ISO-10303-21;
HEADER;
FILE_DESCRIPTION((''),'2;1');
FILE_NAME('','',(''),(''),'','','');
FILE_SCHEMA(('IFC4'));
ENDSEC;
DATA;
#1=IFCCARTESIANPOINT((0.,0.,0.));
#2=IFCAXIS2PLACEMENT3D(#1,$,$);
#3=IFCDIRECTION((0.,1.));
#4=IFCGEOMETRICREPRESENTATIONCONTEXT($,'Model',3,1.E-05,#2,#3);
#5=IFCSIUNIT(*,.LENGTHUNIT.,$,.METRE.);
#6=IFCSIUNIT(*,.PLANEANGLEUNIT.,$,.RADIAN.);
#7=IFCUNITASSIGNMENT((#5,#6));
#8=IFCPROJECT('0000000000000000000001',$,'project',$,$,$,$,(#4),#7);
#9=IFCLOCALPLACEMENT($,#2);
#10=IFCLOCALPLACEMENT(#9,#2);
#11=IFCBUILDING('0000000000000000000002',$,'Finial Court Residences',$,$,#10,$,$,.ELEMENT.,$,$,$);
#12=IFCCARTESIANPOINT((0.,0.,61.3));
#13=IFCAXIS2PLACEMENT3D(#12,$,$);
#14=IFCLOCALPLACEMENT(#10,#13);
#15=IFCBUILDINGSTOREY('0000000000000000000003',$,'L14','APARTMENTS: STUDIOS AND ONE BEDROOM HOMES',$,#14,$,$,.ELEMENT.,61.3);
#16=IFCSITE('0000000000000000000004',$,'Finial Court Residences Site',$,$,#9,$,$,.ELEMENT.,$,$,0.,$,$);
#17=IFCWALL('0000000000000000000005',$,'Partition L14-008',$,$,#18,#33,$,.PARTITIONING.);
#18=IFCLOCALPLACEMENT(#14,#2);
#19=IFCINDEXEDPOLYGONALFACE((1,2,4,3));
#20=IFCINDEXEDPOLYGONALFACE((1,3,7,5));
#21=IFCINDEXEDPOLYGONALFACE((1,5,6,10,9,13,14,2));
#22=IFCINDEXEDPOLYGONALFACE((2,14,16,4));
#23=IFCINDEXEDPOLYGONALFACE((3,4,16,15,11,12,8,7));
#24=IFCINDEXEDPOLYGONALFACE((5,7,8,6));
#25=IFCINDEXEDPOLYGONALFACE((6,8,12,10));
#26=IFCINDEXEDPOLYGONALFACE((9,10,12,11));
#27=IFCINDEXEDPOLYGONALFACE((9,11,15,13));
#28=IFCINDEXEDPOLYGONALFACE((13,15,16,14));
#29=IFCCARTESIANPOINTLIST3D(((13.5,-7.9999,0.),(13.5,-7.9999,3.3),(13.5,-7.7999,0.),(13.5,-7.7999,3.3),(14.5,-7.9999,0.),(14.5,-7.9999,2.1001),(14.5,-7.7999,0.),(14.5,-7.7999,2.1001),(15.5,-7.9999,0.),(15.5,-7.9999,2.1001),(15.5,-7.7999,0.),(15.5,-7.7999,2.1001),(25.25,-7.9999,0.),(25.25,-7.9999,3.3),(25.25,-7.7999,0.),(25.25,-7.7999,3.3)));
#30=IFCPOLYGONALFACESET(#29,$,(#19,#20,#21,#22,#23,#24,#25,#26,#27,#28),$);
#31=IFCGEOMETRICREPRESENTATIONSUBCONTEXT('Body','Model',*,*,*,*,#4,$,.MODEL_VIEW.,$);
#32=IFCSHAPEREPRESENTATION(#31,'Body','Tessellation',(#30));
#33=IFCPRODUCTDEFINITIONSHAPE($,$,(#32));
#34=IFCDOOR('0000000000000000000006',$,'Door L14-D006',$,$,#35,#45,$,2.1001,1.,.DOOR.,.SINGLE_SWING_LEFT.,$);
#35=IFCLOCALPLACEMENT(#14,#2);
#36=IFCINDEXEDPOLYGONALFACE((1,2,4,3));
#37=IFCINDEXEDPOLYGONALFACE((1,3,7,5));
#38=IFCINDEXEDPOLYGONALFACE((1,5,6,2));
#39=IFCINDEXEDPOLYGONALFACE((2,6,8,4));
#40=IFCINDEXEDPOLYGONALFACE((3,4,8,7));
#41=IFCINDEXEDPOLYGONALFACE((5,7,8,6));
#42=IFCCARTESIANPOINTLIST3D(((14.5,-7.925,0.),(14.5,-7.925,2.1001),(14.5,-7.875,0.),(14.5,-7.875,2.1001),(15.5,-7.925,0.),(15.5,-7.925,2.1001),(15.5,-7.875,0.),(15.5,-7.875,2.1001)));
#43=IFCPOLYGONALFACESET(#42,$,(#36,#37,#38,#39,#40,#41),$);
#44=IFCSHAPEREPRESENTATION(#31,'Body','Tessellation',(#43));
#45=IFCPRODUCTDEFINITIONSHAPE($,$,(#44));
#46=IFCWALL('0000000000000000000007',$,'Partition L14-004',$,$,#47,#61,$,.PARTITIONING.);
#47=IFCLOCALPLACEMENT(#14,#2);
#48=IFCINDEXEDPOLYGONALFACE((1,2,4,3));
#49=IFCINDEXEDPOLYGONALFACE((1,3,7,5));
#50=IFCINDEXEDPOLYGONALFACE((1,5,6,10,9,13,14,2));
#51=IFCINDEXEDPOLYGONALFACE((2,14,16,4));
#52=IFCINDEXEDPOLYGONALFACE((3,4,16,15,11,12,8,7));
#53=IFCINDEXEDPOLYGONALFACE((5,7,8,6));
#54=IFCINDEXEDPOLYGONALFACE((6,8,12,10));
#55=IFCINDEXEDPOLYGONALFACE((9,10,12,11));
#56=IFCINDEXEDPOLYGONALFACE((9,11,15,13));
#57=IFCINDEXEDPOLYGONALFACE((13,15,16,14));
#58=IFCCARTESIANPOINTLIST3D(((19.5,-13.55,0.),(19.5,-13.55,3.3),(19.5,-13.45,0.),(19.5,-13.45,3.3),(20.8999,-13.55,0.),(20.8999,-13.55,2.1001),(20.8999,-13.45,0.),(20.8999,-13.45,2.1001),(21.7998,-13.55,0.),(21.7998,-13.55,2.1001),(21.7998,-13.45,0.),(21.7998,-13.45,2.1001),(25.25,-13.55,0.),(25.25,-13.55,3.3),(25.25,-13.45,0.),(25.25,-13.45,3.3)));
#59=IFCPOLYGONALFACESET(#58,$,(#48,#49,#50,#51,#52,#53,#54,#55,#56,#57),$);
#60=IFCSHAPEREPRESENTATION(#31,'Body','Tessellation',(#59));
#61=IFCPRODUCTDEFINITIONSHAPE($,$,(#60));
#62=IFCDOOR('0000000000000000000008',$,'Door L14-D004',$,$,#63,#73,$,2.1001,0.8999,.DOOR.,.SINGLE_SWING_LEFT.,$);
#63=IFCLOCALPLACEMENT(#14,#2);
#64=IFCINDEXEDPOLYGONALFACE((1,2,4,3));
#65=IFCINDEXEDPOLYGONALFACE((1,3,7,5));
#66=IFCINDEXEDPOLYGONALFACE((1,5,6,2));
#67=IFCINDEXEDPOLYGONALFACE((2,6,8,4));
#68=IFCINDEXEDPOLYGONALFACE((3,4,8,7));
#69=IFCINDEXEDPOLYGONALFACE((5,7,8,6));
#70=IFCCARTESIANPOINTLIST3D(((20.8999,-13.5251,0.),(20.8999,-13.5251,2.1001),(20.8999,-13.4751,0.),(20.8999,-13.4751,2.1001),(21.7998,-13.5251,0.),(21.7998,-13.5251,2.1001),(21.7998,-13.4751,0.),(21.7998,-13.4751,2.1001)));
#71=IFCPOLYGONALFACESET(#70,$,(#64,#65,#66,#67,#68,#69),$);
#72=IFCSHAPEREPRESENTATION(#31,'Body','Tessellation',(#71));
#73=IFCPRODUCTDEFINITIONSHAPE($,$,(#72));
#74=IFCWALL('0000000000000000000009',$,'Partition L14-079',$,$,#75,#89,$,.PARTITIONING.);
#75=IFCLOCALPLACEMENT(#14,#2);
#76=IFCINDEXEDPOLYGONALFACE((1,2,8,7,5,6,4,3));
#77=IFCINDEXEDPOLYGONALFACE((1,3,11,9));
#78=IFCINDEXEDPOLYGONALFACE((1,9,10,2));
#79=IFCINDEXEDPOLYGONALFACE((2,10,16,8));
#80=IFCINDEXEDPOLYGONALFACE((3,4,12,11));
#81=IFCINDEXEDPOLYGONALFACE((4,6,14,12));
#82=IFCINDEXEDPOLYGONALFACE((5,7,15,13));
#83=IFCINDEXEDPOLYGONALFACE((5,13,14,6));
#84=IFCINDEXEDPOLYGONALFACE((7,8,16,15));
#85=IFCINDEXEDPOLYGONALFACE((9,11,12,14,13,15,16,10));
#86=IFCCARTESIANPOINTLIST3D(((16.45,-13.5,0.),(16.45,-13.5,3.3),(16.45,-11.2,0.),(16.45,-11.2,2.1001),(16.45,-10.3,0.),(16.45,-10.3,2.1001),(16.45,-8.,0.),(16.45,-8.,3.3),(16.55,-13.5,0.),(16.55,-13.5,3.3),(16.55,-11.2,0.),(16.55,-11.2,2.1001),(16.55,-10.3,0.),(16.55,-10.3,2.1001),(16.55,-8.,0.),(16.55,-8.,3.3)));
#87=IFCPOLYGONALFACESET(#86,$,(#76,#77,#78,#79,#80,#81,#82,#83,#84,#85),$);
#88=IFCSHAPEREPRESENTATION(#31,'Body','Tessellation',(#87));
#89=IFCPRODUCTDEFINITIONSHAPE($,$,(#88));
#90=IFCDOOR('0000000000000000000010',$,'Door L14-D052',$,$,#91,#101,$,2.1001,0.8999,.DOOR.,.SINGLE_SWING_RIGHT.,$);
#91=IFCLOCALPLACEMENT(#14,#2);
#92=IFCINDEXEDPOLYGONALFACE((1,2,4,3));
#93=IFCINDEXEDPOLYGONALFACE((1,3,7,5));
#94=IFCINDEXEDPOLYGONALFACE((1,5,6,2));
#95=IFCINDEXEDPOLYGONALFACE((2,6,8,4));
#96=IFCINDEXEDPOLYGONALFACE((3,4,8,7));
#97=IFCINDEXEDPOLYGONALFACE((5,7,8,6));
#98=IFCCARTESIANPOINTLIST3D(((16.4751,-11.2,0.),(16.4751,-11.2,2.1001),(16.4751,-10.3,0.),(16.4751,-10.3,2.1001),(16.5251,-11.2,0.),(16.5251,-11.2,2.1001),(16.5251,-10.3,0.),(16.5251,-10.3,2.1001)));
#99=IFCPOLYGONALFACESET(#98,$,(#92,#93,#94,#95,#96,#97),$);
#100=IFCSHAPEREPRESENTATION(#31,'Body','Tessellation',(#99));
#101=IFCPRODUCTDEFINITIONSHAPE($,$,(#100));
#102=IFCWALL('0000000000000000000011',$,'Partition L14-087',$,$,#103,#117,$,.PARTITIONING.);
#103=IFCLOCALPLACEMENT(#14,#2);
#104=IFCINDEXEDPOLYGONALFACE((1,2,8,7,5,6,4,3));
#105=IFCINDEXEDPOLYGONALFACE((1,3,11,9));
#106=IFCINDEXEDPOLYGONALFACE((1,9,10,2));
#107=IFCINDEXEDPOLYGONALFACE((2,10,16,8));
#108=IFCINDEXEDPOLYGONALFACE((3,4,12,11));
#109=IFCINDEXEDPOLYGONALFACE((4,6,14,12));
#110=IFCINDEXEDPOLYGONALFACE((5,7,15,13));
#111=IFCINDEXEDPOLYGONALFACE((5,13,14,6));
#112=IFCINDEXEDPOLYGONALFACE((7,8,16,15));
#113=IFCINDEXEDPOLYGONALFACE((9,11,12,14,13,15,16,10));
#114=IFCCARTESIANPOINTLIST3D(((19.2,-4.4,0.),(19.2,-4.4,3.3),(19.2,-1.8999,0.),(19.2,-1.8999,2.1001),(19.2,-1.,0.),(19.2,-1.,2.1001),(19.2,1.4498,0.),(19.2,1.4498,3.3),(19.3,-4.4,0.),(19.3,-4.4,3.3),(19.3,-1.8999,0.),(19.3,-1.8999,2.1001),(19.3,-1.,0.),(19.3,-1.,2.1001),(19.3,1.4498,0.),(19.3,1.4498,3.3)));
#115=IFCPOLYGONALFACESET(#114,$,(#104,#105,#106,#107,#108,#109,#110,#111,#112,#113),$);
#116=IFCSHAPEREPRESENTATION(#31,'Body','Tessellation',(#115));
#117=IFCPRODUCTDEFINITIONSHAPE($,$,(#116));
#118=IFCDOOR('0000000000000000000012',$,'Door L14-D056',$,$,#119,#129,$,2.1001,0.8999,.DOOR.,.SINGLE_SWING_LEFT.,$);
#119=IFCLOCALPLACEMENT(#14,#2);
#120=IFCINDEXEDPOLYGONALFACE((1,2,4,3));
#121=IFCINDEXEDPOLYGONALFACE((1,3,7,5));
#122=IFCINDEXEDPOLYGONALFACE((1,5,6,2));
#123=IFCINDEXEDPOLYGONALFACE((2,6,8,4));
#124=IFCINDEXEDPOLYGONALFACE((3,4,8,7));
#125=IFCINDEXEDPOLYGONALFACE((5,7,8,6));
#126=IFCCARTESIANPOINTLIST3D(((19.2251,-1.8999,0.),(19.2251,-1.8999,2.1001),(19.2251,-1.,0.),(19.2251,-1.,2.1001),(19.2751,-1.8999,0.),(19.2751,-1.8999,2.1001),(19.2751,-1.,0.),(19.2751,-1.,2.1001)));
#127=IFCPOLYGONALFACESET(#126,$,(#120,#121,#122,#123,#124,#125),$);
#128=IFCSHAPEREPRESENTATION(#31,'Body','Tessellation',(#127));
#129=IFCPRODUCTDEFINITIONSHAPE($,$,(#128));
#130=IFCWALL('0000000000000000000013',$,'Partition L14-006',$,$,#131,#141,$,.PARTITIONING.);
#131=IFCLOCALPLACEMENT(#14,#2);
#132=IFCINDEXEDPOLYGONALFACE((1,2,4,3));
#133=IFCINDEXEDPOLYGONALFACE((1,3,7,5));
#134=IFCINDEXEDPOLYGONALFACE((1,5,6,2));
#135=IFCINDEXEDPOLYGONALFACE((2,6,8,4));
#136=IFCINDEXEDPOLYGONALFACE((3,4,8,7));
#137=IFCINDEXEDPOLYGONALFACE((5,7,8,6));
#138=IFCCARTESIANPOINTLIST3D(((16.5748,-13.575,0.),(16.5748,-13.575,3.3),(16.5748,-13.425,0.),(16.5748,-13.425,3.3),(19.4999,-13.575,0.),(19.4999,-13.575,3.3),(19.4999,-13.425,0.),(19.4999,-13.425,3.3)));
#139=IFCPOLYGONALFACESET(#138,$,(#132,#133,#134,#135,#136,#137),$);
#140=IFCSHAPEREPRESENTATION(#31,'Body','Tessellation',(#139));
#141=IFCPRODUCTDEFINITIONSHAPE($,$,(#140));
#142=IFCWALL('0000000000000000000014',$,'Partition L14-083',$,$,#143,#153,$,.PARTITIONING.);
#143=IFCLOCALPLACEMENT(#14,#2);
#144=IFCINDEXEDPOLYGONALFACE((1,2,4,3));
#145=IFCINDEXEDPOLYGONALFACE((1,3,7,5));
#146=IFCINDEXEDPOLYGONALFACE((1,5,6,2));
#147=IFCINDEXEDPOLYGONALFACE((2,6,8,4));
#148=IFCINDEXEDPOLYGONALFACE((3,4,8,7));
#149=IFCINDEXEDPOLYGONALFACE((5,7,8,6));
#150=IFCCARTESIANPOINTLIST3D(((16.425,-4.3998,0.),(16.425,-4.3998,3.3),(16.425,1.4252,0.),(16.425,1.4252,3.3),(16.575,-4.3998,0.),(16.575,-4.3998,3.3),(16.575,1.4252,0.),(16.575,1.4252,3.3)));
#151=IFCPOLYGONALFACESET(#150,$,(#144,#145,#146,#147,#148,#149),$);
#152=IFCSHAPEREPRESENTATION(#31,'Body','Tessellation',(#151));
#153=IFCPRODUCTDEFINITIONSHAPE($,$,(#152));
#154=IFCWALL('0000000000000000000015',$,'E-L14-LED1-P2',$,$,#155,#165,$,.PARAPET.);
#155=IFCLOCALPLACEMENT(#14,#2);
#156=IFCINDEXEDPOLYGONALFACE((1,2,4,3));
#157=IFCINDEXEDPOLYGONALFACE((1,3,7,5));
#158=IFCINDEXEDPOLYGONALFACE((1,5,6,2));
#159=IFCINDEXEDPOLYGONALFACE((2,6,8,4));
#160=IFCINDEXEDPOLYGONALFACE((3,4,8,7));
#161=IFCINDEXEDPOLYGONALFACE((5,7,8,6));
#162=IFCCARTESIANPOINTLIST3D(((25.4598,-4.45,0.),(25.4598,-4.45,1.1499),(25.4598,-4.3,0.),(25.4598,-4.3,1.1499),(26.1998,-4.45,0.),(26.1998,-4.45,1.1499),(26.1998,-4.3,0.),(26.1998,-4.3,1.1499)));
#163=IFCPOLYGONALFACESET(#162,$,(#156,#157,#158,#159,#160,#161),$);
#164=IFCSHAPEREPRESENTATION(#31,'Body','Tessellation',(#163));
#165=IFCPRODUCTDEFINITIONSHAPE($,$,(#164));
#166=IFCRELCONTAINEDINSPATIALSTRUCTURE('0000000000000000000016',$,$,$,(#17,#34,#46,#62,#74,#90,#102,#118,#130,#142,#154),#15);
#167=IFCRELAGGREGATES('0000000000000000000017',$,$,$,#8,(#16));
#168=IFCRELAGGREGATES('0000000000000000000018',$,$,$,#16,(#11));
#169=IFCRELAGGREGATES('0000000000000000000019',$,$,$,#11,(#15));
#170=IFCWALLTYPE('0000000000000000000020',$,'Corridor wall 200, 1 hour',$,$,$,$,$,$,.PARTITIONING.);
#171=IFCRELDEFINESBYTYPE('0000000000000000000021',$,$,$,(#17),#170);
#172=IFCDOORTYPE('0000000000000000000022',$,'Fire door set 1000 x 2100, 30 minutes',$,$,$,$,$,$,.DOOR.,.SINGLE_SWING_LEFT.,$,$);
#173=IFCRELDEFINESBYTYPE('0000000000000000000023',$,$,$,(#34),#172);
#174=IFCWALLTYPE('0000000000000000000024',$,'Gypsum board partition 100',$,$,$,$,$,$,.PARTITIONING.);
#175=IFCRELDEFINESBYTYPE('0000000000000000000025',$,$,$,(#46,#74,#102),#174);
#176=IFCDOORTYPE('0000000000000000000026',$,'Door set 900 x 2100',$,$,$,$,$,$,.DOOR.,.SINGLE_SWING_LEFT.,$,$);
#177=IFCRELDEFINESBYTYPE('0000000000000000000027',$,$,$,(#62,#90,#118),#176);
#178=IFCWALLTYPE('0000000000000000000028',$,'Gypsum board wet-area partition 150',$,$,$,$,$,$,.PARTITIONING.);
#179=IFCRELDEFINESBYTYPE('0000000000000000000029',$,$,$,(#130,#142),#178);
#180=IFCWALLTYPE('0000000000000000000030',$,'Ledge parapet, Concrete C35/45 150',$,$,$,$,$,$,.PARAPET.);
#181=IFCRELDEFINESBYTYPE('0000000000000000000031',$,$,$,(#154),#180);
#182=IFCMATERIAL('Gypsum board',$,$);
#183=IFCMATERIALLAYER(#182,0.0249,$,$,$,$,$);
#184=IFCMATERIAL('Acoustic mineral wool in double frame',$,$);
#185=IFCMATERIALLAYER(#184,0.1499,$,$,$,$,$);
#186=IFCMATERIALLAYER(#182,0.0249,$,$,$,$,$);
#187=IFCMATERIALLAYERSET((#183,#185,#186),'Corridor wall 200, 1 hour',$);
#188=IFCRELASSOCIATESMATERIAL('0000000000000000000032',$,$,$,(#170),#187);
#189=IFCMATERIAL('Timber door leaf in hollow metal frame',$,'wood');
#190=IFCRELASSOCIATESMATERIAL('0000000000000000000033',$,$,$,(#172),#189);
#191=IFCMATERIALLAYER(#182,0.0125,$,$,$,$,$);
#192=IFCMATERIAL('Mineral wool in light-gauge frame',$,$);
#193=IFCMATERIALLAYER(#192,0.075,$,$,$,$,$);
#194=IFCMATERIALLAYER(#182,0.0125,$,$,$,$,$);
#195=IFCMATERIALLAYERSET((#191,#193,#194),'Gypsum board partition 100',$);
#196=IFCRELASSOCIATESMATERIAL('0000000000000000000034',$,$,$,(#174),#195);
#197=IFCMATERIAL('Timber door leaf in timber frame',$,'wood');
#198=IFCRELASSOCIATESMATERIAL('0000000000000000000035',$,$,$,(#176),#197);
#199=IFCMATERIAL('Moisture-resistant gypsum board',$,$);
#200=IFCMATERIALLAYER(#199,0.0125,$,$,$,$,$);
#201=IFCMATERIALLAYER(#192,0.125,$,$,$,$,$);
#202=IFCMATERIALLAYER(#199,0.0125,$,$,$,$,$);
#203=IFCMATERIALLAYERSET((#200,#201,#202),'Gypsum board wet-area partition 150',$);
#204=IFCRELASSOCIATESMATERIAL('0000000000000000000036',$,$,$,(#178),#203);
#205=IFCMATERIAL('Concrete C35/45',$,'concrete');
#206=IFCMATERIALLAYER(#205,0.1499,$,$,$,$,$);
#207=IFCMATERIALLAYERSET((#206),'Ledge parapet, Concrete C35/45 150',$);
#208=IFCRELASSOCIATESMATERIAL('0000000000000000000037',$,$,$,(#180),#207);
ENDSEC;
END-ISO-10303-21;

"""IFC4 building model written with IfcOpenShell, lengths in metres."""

from ifc_helpers import new_model, si_unit, direction, frame, frame_2d, origin, place, context, subcontext, project, spatial, rectangle, extrude, material, layer, layer_set, type_object, element, fill, save


model = new_model("IFC4")

# Units and contexts
model_context = context("Model", 3, precision=1e-05, world=origin(), true_north=direction((0.0, 1.0)))
body_context = subcontext(model_context, "Body", "Model", "MODEL_VIEW")
ifc_project = project(units=[si_unit("LENGTHUNIT", "METRE"), si_unit("PLANEANGLEUNIT", "RADIAN")], contexts=[model_context])

# Site, building, storey
site_placement = place(None, origin())
site = spatial("IfcSite", under=ifc_project, at=site_placement, Name="Finial Court Residences Site", CompositionType="ELEMENT", RefElevation=0.0)
building_placement = place(site_placement, origin())
building = spatial("IfcBuilding", under=site, at=building_placement, Name="Finial Court Residences", CompositionType="ELEMENT")
storey_placement = place(building_placement, frame((0.0, 0.0, 61.3)))
storey = spatial("IfcBuildingStorey", under=building, at=storey_placement, Name="L14", Description="APARTMENTS: STUDIOS AND ONE BEDROOM HOMES", CompositionType="ELEMENT", Elevation=61.3)

# Walls, openings, doors
ifc_material_1 = material(Name="Gypsum board")
ifc_layer_1 = layer(ifc_material_1, 0.0249)
ifc_material_2 = material(Name="Acoustic mineral wool in double frame")
ifc_layer_2 = layer(ifc_material_2, 0.1499)
ifc_layer_3 = layer(ifc_material_1, 0.0249)
ifc_layer_set_1 = layer_set([ifc_layer_1, ifc_layer_2, ifc_layer_3], Name="Corridor wall 200, 1 hour")
wall_type_1 = type_object("IfcWallType", Name="Corridor wall 200, 1 hour", PredefinedType="PARTITIONING", material=ifc_layer_set_1)
wall_1_placement = place(storey_placement, frame((13.5, -7.8999, 0.0), z_axis=(0.0, 0.0, 1.0), x_axis=(1.0, 0.0, 0.0)))
wall_1 = element("IfcWall", 1, at=wall_1_placement, inside=storey, type_object=wall_type_1, Name="Partition L14-008", PredefinedType="PARTITIONING", context=body_context, shape_type="SweptSolid", body=[
    extrude(rectangle(XDim=11.75, YDim=0.2, at=frame_2d((5.875, 0.0))), origin(), (0.0, 0.0, 1.0), 3.3),
])
opening_1_placement = place(wall_1_placement, frame((1.0, 0.0, 0.0)))
opening_1 = element("IfcOpeningElement", 2, at=opening_1_placement, cuts=wall_1, PredefinedType="OPENING", context=body_context, shape_type="SweptSolid", body=[
    extrude(rectangle(XDim=1.0, YDim=2.1001, at=frame_2d((0.5, 1.05))), frame((0.0, 0.1099, 0.0), z_axis=(0.0, -1.0, 0.0), x_axis=(1.0, 0.0, 0.0)), (0.0, 0.0, 1.0), 0.22),
])
ifc_material_3 = material(Name="Timber door leaf in hollow metal frame", Category="wood")
door_type_1 = type_object("IfcDoorType", Name="Fire door set 1000 x 2100, 30 minutes", OperationType="SINGLE_SWING_LEFT", PredefinedType="DOOR", material=ifc_material_3)
door_1_placement = place(opening_1_placement, origin())
door_1 = element("IfcDoor", 3, at=door_1_placement, inside=storey, type_object=door_type_1, Name="Door L14-D006", OperationType="SINGLE_SWING_LEFT", OverallHeight=2.1001, OverallWidth=1.0, PredefinedType="DOOR", context=body_context, shape_type="SweptSolid", body=[
    extrude(rectangle(XDim=1.0, YDim=2.1001, at=frame_2d((0.5, 1.05))), frame((0.0, 0.0249, 0.0), z_axis=(0.0, -1.0, 0.0), x_axis=(1.0, 0.0, 0.0)), (0.0, 0.0, 1.0), 0.05),
])
fill(opening_1, door_1)
ifc_layer_4 = layer(ifc_material_1, 0.0125)
ifc_material_4 = material(Name="Mineral wool in light-gauge frame")
ifc_layer_5 = layer(ifc_material_4, 0.075)
ifc_layer_6 = layer(ifc_material_1, 0.0125)
ifc_layer_set_2 = layer_set([ifc_layer_4, ifc_layer_5, ifc_layer_6], Name="Gypsum board partition 100")
wall_type_2 = type_object("IfcWallType", Name="Gypsum board partition 100", PredefinedType="PARTITIONING", material=ifc_layer_set_2)
wall_2_placement = place(storey_placement, frame((19.5, -13.5, 0.0), z_axis=(0.0, 0.0, 1.0), x_axis=(1.0, 0.0, 0.0)))
wall_2 = element("IfcWall", 4, at=wall_2_placement, inside=storey, type_object=wall_type_2, Name="Partition L14-004", PredefinedType="PARTITIONING", context=body_context, shape_type="SweptSolid", body=[
    extrude(rectangle(XDim=5.75, YDim=0.1001, at=frame_2d((2.875, 0.0))), origin(), (0.0, 0.0, 1.0), 3.3),
])
opening_2_placement = place(wall_2_placement, frame((1.3999, 0.0, 0.0)))
opening_2 = element("IfcOpeningElement", 5, at=opening_2_placement, cuts=wall_2, PredefinedType="OPENING", context=body_context, shape_type="SweptSolid", body=[
    extrude(rectangle(XDim=0.8999, YDim=2.1001, at=frame_2d((0.45, 1.05))), frame((0.0, 0.0601, 0.0), z_axis=(0.0, -1.0, 0.0), x_axis=(1.0, 0.0, 0.0)), (0.0, 0.0, 1.0), 0.1201),
])
ifc_material_5 = material(Name="Timber door leaf in timber frame", Category="wood")
door_type_2 = type_object("IfcDoorType", Name="Door set 900 x 2100", OperationType="SINGLE_SWING_LEFT", PredefinedType="DOOR", material=ifc_material_5)
door_2_placement = place(opening_2_placement, origin())
door_2 = element("IfcDoor", 6, at=door_2_placement, inside=storey, type_object=door_type_2, Name="Door L14-D004", OperationType="SINGLE_SWING_LEFT", OverallHeight=2.1001, OverallWidth=0.8999, PredefinedType="DOOR", context=body_context, shape_type="SweptSolid", body=[
    extrude(rectangle(XDim=0.8999, YDim=2.1001, at=frame_2d((0.45, 1.05))), frame((0.0, 0.0249, 0.0), z_axis=(0.0, -1.0, 0.0), x_axis=(1.0, 0.0, 0.0)), (0.0, 0.0, 1.0), 0.05),
])
fill(opening_2, door_2)
wall_3_placement = place(storey_placement, frame((16.5, -13.5, 0.0), z_axis=(0.0, 0.0, 1.0), x_axis=(0.0, 1.0, 0.0)))
wall_3 = element("IfcWall", 7, at=wall_3_placement, inside=storey, type_object=wall_type_2, Name="Partition L14-079", PredefinedType="PARTITIONING", context=body_context, shape_type="SweptSolid", body=[
    extrude(rectangle(XDim=5.5, YDim=0.1001, at=frame_2d((2.75, 0.0))), origin(), (0.0, 0.0, 1.0), 3.3),
])
opening_3_placement = place(wall_3_placement, frame((2.3, 0.0, 0.0)))
opening_3 = element("IfcOpeningElement", 8, at=opening_3_placement, cuts=wall_3, PredefinedType="OPENING", context=body_context, shape_type="SweptSolid", body=[
    extrude(rectangle(XDim=0.8999, YDim=2.1001, at=frame_2d((0.45, 1.05))), frame((0.0, 0.0601, 0.0), z_axis=(0.0, -1.0, 0.0), x_axis=(1.0, 0.0, 0.0)), (0.0, 0.0, 1.0), 0.1201),
])
door_3_placement = place(opening_3_placement, origin())
door_3 = element("IfcDoor", 9, at=door_3_placement, inside=storey, type_object=door_type_2, Name="Door L14-D052", OperationType="SINGLE_SWING_RIGHT", OverallHeight=2.1001, OverallWidth=0.8999, PredefinedType="DOOR", context=body_context, shape_type="SweptSolid", body=[
    extrude(rectangle(XDim=0.8999, YDim=2.1001, at=frame_2d((0.45, 1.05))), frame((0.0, 0.0249, 0.0), z_axis=(0.0, -1.0, 0.0), x_axis=(1.0, 0.0, 0.0)), (0.0, 0.0, 1.0), 0.05),
])
fill(opening_3, door_3)
wall_4_placement = place(storey_placement, frame((19.25, -4.3999, 0.0), z_axis=(0.0, 0.0, 1.0), x_axis=(0.0, 1.0, 0.0)))
wall_4 = element("IfcWall", 10, at=wall_4_placement, inside=storey, type_object=wall_type_2, Name="Partition L14-087", PredefinedType="PARTITIONING", context=body_context, shape_type="SweptSolid", body=[
    extrude(rectangle(XDim=5.8499, YDim=0.1001, at=frame_2d((2.9248, 0.0))), origin(), (0.0, 0.0, 1.0), 3.3),
])
opening_4_placement = place(wall_4_placement, frame((2.5, 0.0, 0.0)))
opening_4 = element("IfcOpeningElement", 11, at=opening_4_placement, cuts=wall_4, PredefinedType="OPENING", context=body_context, shape_type="SweptSolid", body=[
    extrude(rectangle(XDim=0.8999, YDim=2.1001, at=frame_2d((0.45, 1.05))), frame((0.0, 0.0601, 0.0), z_axis=(0.0, -1.0, 0.0), x_axis=(1.0, 0.0, 0.0)), (0.0, 0.0, 1.0), 0.1201),
])
door_4_placement = place(opening_4_placement, origin())
door_4 = element("IfcDoor", 12, at=door_4_placement, inside=storey, type_object=door_type_2, Name="Door L14-D056", OperationType="SINGLE_SWING_LEFT", OverallHeight=2.1001, OverallWidth=0.8999, PredefinedType="DOOR", context=body_context, shape_type="SweptSolid", body=[
    extrude(rectangle(XDim=0.8999, YDim=2.1001, at=frame_2d((0.45, 1.05))), frame((0.0, 0.0249, 0.0), z_axis=(0.0, -1.0, 0.0), x_axis=(1.0, 0.0, 0.0)), (0.0, 0.0, 1.0), 0.05),
])
fill(opening_4, door_4)

# Walls
ifc_material_6 = material(Name="Moisture-resistant gypsum board")
ifc_layer_7 = layer(ifc_material_6, 0.0125)
ifc_layer_8 = layer(ifc_material_4, 0.125)
ifc_layer_9 = layer(ifc_material_6, 0.0125)
ifc_layer_set_3 = layer_set([ifc_layer_7, ifc_layer_8, ifc_layer_9], Name="Gypsum board wet-area partition 150")
wall_type_3 = type_object("IfcWallType", Name="Gypsum board wet-area partition 150", PredefinedType="PARTITIONING", material=ifc_layer_set_3)
wall_5_placement = place(storey_placement, frame((16.575, -13.5, 0.0), z_axis=(0.0, 0.0, 1.0), x_axis=(1.0, 0.0, 0.0)))
element("IfcWall", 13, at=wall_5_placement, inside=storey, type_object=wall_type_3, Name="Partition L14-006", PredefinedType="PARTITIONING", context=body_context, shape_type="SweptSolid", body=[
    extrude(rectangle(XDim=2.925, YDim=0.1499, at=frame_2d((1.4624, 0.0))), origin(), (0.0, 0.0, 1.0), 3.3),
])
wall_6_placement = place(storey_placement, frame((16.5, -4.3999, 0.0), z_axis=(0.0, 0.0, 1.0), x_axis=(0.0, 1.0, 0.0)))
element("IfcWall", 14, at=wall_6_placement, inside=storey, type_object=wall_type_3, Name="Partition L14-083", PredefinedType="PARTITIONING", context=body_context, shape_type="SweptSolid", body=[
    extrude(rectangle(XDim=5.825, YDim=0.1499, at=frame_2d((2.9126, 0.0))), origin(), (0.0, 0.0, 1.0), 3.3),
])
ifc_material_7 = material(Name="Concrete C35/45", Category="concrete")
ifc_layer_10 = layer(ifc_material_7, 0.1499)
ifc_layer_set_4 = layer_set([ifc_layer_10], Name="Ledge parapet, Concrete C35/45 150")
wall_type_4 = type_object("IfcWallType", Name="Ledge parapet, Concrete C35/45 150", PredefinedType="PARAPET", material=ifc_layer_set_4)
wall_7_placement = place(storey_placement, frame((26.2, -4.375, 0.0), z_axis=(0.0, 0.0, 1.0), x_axis=(-1.0, 0.0, 0.0)))
element("IfcWall", 15, at=wall_7_placement, inside=storey, type_object=wall_type_4, Name="E-L14-LED1-P2", PredefinedType="PARAPET", context=body_context, shape_type="SweptSolid", body=[
    extrude(rectangle(XDim=0.74, YDim=0.1499, at=frame_2d((0.3701, 0.0))), origin(), (0.0, 0.0, 1.0), 1.1499),
])

save(model, "model.ifc")
